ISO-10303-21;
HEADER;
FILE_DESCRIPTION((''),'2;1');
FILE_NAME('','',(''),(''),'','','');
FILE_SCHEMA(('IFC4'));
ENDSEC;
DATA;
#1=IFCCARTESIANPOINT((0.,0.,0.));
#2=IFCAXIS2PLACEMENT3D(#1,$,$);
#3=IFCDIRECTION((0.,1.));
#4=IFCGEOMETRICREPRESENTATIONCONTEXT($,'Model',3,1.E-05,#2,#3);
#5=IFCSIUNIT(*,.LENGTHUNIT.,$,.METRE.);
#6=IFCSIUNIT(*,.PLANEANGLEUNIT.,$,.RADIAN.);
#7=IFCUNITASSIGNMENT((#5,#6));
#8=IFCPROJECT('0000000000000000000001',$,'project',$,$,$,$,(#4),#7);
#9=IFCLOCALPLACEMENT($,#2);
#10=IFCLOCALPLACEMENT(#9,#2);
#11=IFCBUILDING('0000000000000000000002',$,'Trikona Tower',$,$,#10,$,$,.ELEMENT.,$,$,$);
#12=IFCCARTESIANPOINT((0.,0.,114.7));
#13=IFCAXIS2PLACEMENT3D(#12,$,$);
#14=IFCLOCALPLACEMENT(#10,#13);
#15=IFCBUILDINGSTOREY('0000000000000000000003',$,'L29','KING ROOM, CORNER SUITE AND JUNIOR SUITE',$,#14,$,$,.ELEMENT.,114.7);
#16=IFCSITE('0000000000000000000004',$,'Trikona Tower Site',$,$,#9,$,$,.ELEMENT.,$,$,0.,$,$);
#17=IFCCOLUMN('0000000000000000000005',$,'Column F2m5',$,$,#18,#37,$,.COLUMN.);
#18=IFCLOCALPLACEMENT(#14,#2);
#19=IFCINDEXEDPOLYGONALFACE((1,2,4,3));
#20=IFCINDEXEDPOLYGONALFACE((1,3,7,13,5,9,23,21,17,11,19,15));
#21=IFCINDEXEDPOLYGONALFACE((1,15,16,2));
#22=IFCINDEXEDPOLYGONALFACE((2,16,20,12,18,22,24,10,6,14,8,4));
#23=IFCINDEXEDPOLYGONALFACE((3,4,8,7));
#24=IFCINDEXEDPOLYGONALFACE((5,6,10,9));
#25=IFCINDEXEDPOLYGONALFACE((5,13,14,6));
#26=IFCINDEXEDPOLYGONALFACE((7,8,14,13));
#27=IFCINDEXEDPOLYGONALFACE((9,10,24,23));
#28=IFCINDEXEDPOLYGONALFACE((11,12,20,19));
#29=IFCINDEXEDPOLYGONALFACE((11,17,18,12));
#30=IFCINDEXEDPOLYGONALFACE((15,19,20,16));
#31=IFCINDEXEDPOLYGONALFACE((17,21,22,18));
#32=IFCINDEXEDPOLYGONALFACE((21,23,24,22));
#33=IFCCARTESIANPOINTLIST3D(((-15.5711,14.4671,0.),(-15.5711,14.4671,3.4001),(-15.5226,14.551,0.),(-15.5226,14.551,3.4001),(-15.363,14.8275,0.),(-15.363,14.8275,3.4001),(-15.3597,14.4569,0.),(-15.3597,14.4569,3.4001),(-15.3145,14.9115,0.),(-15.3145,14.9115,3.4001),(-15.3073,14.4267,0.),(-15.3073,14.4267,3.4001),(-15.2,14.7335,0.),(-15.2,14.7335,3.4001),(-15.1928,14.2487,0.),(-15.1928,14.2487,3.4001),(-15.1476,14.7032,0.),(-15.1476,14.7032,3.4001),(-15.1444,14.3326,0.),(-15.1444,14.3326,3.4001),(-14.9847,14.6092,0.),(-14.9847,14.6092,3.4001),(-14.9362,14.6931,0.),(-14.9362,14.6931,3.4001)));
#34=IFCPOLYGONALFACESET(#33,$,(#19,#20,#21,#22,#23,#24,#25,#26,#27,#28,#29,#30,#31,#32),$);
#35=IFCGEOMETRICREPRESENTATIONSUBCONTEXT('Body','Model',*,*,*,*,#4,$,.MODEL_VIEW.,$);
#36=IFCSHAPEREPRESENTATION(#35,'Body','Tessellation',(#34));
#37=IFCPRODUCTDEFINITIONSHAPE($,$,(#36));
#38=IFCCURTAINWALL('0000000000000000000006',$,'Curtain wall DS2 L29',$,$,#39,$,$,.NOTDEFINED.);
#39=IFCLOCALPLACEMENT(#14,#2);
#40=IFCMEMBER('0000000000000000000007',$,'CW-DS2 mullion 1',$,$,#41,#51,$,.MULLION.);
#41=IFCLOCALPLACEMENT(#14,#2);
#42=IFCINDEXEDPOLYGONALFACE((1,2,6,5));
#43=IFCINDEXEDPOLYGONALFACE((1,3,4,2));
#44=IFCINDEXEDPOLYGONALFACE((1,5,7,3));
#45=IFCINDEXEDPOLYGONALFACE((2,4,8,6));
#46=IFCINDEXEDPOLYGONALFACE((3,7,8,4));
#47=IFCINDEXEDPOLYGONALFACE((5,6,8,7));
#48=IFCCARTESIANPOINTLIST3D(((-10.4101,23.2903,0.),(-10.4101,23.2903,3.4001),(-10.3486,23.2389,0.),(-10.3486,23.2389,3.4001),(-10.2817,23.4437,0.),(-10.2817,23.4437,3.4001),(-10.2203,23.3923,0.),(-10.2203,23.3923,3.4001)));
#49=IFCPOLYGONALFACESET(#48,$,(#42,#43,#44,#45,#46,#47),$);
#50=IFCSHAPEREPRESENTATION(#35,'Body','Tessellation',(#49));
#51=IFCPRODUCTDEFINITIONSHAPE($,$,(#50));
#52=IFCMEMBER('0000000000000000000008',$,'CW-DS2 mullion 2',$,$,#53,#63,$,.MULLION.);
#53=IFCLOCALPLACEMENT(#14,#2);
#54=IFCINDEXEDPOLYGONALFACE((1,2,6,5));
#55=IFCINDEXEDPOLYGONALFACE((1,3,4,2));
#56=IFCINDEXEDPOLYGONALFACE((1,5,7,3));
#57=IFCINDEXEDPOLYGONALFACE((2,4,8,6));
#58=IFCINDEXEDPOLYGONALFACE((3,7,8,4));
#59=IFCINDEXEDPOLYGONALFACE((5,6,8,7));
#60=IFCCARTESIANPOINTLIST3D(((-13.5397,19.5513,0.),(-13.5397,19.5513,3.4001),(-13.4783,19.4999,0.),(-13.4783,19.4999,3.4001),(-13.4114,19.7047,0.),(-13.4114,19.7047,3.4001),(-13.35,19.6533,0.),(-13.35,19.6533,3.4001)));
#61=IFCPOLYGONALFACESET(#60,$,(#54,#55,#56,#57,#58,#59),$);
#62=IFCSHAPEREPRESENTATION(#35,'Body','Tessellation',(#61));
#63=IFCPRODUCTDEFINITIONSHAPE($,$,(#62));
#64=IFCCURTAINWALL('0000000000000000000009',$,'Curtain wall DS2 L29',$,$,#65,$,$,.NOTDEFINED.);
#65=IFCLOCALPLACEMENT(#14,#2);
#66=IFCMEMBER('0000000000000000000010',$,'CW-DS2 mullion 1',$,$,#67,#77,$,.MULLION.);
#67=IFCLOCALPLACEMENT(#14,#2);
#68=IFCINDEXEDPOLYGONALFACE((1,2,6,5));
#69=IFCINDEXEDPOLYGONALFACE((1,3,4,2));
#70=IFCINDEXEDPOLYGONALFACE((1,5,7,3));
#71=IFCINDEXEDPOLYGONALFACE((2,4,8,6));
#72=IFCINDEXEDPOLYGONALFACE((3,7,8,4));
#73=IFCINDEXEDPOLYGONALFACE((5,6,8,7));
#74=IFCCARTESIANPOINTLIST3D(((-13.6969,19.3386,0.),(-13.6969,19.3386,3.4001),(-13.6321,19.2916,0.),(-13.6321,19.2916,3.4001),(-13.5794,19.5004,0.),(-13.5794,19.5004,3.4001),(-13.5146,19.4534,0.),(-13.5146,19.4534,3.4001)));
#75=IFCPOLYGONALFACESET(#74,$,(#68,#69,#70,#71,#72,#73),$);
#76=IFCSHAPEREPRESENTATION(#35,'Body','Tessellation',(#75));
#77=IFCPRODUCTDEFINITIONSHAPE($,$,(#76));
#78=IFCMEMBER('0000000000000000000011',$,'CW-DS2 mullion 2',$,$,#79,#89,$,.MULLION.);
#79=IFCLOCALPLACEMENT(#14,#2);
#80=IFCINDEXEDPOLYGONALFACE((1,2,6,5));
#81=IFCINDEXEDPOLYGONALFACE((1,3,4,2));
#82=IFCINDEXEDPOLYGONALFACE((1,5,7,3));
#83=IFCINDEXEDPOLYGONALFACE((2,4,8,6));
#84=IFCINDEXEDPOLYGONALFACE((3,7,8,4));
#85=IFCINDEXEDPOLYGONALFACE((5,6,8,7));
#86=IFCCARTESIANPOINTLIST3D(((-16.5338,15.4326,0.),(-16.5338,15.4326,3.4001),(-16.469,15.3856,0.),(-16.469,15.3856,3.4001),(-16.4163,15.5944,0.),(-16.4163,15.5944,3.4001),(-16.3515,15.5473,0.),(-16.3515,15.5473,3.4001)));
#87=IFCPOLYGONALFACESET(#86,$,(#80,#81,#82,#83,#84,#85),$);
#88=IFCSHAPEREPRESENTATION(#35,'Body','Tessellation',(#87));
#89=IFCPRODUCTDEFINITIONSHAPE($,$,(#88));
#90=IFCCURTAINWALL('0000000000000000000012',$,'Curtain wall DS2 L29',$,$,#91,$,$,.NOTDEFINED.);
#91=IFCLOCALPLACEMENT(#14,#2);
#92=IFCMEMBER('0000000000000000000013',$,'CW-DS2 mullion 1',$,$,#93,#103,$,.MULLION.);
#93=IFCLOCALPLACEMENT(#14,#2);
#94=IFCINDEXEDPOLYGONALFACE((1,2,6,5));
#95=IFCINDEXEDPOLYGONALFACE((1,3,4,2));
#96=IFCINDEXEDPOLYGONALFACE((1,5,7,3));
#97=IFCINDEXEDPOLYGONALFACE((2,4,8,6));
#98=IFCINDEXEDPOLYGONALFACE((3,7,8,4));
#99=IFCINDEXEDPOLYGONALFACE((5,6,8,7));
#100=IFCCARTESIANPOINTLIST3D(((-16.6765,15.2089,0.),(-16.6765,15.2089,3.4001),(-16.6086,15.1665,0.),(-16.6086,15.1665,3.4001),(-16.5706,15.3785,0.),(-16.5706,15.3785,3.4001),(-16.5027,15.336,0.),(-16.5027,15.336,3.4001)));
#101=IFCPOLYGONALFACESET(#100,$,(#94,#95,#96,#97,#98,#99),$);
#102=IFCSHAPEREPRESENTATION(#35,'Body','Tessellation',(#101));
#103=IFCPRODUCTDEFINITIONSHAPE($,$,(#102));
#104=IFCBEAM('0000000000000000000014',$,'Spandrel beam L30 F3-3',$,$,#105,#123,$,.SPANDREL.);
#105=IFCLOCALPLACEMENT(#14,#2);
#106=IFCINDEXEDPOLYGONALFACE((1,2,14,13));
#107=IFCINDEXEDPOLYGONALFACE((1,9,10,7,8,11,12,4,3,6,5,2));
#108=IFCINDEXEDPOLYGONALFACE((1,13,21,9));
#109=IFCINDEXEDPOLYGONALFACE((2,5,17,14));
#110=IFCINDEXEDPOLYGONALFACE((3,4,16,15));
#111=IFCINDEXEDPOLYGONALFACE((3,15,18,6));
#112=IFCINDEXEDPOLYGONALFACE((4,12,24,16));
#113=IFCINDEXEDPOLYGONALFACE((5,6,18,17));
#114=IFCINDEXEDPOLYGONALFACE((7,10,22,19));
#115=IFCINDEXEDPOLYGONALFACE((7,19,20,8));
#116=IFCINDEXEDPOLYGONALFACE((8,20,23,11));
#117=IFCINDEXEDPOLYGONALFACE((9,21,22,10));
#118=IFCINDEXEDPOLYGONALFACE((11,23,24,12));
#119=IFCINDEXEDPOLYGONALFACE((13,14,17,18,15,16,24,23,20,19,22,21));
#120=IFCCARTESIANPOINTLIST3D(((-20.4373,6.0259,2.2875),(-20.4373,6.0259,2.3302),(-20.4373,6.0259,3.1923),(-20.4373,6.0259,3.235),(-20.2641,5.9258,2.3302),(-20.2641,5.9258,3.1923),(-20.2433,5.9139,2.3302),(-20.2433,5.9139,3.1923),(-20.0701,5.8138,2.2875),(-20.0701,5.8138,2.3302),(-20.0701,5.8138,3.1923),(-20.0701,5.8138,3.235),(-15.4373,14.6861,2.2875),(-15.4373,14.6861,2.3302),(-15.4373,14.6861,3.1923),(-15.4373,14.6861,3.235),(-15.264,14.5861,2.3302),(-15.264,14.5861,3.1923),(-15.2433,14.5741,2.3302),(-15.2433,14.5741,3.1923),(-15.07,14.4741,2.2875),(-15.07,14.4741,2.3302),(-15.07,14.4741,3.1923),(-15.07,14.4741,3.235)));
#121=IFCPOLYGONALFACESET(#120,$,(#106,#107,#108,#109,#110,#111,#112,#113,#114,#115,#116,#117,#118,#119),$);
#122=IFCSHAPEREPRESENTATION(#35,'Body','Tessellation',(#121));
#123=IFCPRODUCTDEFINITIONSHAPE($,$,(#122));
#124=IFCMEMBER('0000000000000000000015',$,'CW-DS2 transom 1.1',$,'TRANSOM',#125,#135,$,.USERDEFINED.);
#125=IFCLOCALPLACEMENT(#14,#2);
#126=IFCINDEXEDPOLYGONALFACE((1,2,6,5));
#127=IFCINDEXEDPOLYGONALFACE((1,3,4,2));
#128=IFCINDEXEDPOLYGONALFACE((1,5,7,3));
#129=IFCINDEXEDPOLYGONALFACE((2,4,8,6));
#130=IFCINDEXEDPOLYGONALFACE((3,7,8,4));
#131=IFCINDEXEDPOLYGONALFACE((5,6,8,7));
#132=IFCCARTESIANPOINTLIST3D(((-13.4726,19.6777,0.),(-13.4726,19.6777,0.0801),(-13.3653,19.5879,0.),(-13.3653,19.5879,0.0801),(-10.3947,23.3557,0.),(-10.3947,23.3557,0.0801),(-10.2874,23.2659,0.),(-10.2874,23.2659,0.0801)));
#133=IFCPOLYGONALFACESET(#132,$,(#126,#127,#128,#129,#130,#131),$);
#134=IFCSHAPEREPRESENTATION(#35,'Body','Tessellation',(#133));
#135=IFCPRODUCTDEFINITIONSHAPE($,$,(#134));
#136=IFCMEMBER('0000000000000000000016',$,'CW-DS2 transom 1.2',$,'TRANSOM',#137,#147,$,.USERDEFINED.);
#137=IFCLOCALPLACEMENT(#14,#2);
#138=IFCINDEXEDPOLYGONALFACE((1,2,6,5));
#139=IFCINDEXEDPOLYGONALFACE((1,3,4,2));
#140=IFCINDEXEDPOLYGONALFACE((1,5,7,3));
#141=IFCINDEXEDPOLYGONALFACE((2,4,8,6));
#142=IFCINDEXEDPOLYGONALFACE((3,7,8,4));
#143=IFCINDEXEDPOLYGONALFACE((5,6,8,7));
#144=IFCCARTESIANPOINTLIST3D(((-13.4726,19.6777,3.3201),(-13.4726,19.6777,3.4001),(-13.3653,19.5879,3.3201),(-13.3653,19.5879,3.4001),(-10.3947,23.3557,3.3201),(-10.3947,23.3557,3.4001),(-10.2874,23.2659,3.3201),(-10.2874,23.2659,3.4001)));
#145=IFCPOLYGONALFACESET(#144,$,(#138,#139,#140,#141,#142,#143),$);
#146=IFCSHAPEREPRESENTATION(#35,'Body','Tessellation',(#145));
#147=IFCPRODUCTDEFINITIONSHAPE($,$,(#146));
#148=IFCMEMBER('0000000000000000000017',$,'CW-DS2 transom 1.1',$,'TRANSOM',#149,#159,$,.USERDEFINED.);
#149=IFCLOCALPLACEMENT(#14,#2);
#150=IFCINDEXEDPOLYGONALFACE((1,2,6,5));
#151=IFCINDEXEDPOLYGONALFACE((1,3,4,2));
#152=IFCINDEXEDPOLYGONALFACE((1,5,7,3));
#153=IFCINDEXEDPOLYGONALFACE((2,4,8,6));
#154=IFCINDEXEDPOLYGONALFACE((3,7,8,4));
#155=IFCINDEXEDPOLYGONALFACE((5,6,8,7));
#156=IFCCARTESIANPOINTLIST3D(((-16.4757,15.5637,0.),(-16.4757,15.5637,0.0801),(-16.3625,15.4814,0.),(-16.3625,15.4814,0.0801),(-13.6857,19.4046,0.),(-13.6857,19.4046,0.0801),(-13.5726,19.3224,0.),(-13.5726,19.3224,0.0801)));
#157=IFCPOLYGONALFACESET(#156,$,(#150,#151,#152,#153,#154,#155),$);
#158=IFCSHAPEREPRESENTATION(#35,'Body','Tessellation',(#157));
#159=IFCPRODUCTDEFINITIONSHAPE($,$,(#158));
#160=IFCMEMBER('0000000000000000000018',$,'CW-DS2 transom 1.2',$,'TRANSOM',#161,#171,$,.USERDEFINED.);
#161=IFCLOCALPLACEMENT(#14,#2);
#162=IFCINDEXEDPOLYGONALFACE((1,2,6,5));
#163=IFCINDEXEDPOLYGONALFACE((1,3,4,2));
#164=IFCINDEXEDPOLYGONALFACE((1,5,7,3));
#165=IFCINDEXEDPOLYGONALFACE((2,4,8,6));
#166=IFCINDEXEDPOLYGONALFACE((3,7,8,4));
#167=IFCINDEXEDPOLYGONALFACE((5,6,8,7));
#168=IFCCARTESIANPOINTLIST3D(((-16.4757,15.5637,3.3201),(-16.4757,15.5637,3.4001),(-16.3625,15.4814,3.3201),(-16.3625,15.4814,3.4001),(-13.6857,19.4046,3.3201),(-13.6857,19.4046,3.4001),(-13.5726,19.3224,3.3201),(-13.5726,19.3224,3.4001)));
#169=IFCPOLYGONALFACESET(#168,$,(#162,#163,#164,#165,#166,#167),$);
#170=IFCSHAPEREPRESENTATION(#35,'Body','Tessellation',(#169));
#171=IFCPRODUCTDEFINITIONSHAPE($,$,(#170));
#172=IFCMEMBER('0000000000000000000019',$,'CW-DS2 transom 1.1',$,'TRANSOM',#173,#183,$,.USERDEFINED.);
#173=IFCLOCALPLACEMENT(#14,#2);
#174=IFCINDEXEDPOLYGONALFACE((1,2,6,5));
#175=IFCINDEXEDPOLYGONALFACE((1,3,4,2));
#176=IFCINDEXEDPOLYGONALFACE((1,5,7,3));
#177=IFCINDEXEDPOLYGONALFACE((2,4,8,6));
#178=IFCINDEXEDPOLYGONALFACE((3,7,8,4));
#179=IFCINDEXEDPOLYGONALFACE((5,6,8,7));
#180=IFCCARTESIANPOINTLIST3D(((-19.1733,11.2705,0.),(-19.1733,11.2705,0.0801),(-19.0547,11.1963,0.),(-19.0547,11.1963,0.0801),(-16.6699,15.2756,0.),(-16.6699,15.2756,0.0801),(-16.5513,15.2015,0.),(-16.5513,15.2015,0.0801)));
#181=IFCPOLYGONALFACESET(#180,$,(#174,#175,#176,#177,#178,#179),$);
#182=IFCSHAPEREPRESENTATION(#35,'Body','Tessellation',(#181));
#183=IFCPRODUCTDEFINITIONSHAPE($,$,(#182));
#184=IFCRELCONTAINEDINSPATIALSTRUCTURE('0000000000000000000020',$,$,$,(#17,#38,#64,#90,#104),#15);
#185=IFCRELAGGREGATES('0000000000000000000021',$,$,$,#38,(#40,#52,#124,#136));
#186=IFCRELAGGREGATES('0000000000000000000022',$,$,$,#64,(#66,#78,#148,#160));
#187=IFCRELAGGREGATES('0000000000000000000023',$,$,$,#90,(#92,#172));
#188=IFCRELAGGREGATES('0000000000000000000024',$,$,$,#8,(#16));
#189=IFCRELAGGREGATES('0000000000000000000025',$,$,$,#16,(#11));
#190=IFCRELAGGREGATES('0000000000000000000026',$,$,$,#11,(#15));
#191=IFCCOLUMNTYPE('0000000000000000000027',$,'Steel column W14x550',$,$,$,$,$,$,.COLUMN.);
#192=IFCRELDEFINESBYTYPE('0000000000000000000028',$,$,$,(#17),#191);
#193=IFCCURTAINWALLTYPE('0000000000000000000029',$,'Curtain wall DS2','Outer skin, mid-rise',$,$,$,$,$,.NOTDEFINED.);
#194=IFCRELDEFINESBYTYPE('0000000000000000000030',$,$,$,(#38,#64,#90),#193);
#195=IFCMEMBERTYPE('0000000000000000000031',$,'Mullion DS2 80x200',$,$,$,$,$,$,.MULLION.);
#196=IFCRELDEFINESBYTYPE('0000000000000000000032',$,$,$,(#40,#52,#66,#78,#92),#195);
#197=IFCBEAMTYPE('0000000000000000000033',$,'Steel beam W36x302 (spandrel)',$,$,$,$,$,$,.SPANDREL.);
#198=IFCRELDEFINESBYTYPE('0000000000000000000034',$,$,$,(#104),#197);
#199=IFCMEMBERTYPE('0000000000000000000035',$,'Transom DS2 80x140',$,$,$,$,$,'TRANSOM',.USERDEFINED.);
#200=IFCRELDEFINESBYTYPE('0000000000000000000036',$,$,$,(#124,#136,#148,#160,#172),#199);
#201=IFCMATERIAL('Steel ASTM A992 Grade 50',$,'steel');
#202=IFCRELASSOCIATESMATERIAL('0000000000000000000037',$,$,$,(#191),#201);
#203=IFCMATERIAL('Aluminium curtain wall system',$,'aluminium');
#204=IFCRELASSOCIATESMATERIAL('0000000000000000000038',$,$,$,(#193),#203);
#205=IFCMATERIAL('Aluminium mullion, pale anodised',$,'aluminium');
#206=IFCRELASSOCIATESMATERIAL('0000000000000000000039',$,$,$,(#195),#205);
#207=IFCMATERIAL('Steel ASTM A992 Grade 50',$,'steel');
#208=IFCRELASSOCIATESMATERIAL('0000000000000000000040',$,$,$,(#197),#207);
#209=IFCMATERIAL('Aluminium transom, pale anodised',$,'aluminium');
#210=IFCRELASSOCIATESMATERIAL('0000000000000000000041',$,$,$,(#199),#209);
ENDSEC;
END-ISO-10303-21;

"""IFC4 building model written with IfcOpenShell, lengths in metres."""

from ifc_helpers import new_model, si_unit, direction, frame, origin, origin_2d, place, context, subcontext, project, spatial, rectangle, i_section, extrude, material, material_profile, profile_set, type_object, element, aggregate, save


model = new_model("IFC4")

# Units and contexts
model_context = context("Model", 3, precision=1e-05, world=origin(), true_north=direction((0.0, 1.0)))
body_context = subcontext(model_context, "Body", "Model", "MODEL_VIEW")
ifc_project = project(units=[si_unit("LENGTHUNIT", "METRE"), si_unit("PLANEANGLEUNIT", "RADIAN")], contexts=[model_context])

# Site, building, storey
site_placement = place(None, origin())
site = spatial("IfcSite", under=ifc_project, at=site_placement, Name="Trikona Tower Site", CompositionType="ELEMENT", RefElevation=0.0)
building_placement = place(site_placement, origin())
building = spatial("IfcBuilding", under=site, at=building_placement, Name="Trikona Tower", CompositionType="ELEMENT")
storey_placement = place(building_placement, frame((0.0, 0.0, 114.7)))
storey = spatial("IfcBuildingStorey", under=building, at=storey_placement, Name="L29", Description="KING ROOM, CORNER SUITE AND JUNIOR SUITE", CompositionType="ELEMENT", Elevation=114.7)

# Column
ifc_material_1 = material(Name="Steel ASTM A992 Grade 50", Category="steel")
ifc_material_profile_1 = material_profile(ifc_material_1, i_section(OverallWidth=0.4368, OverallDepth=0.5132, WebThickness=0.0605, FlangeThickness=0.0969, at=origin_2d()), Name="W14X550")
ifc_profile_set_1 = profile_set([ifc_material_profile_1], Name="Steel ASTM A992 Grade 50")
column_type = type_object("IfcColumnType", Name="Steel column W14x550", PredefinedType="COLUMN", material=ifc_profile_set_1)
column_placement = place(storey_placement, frame((-15.2537, 14.5801, 0.0), z_axis=(0.0, 0.0, 1.0), x_axis=(-0.866025, 0.5, 0.0)))
element("IfcColumn", 1, at=column_placement, inside=storey, type_object=column_type, Name="Column F2m5", PredefinedType="COLUMN", context=body_context, shape_type="SweptSolid", body=[
    extrude(i_section(OverallWidth=0.4368, OverallDepth=0.5132, WebThickness=0.0605, FlangeThickness=0.0969, at=origin_2d()), origin(), (0.0, 0.0, 1.0), 3.4001),
])

# Curtain walls, members
ifc_material_2 = material(Name="Aluminium curtain wall system", Category="aluminium")
curtain_wall_type = type_object("IfcCurtainWallType", Name="Curtain wall DS2", Description="Outer skin, mid-rise", PredefinedType="NOTDEFINED", material=ifc_material_2)
curtain_wall_1_placement = place(storey_placement, origin())
curtain_wall_1 = element("IfcCurtainWall", 2, at=curtain_wall_1_placement, inside=storey, type_object=curtain_wall_type, Name="Curtain wall DS2 L29", PredefinedType="NOTDEFINED")
ifc_material_3 = material(Name="Aluminium mullion, pale anodised", Category="aluminium")
ifc_material_profile_2 = material_profile(ifc_material_3, rectangle(XDim=0.0801, YDim=0.2, at=origin_2d()), Name="MUL-DS2")
ifc_profile_set_2 = profile_set([ifc_material_profile_2], Name="Aluminium mullion, pale anodised")
member_type_1 = type_object("IfcMemberType", Name="Mullion DS2 80x200", PredefinedType="MULLION", material=ifc_profile_set_2)
member_1_placement = place(storey_placement, frame((-10.3152, 23.3413, 0.0), z_axis=(0.0, 0.0, 1.0), x_axis=(0.766867, -0.641806, 0.0)))
member_1 = element("IfcMember", 3, at=member_1_placement, type_object=member_type_1, Name="CW-DS2 mullion 1", PredefinedType="MULLION", context=body_context, shape_type="SweptSolid", body=[
    extrude(rectangle(XDim=0.0801, YDim=0.2, at=origin_2d()), origin(), (0.0, 0.0, 1.0), 3.4001),
])
member_2_placement = place(storey_placement, frame((-13.4448, 19.6023, 0.0), z_axis=(0.0, 0.0, 1.0), x_axis=(0.766867, -0.641806, 0.0)))
member_2 = element("IfcMember", 4, at=member_2_placement, type_object=member_type_1, Name="CW-DS2 mullion 2", PredefinedType="MULLION", context=body_context, shape_type="SweptSolid", body=[
    extrude(rectangle(XDim=0.0801, YDim=0.2, at=origin_2d()), origin(), (0.0, 0.0, 1.0), 3.4001),
])
curtain_wall_2_placement = place(storey_placement, origin())
curtain_wall_2 = element("IfcCurtainWall", 5, at=curtain_wall_2_placement, inside=storey, type_object=curtain_wall_type, Name="Curtain wall DS2 L29", PredefinedType="NOTDEFINED")
member_3_placement = place(storey_placement, frame((-13.6057, 19.396, 0.0), z_axis=(0.0, 0.0, 1.0), x_axis=(0.809086, -0.587691, 0.0)))
member_3 = element("IfcMember", 6, at=member_3_placement, type_object=member_type_1, Name="CW-DS2 mullion 1", PredefinedType="MULLION", context=body_context, shape_type="SweptSolid", body=[
    extrude(rectangle(XDim=0.0801, YDim=0.2, at=origin_2d()), origin(), (0.0, 0.0, 1.0), 3.4001),
])
member_4_placement = place(storey_placement, frame((-16.4426, 15.49, 0.0), z_axis=(0.0, 0.0, 1.0), x_axis=(0.809086, -0.587691, 0.0)))
member_4 = element("IfcMember", 7, at=member_4_placement, type_object=member_type_1, Name="CW-DS2 mullion 2", PredefinedType="MULLION", context=body_context, shape_type="SweptSolid", body=[
    extrude(rectangle(XDim=0.0801, YDim=0.2, at=origin_2d()), origin(), (0.0, 0.0, 1.0), 3.4001),
])

# Curtain wall, member
curtain_wall_3_placement = place(storey_placement, origin())
curtain_wall_3 = element("IfcCurtainWall", 8, at=curtain_wall_3_placement, inside=storey, type_object=curtain_wall_type, Name="Curtain wall DS2 L29", PredefinedType="NOTDEFINED")
member_5_placement = place(storey_placement, frame((-16.5896, 15.2725, 0.0), z_axis=(0.0, 0.0, 1.0), x_axis=(0.847998, -0.529999, 0.0)))
member_5 = element("IfcMember", 9, at=member_5_placement, type_object=member_type_1, Name="CW-DS2 mullion 1", PredefinedType="MULLION", context=body_context, shape_type="SweptSolid", body=[
    extrude(rectangle(XDim=0.0801, YDim=0.2, at=origin_2d()), origin(), (0.0, 0.0, 1.0), 3.4001),
])

# Beam
ifc_material_4 = material(Name="Steel ASTM A992 Grade 50", Category="steel")
ifc_material_profile_3 = material_profile(ifc_material_4, i_section(OverallWidth=0.4241, OverallDepth=0.9475, WebThickness=0.0239, FlangeThickness=0.0427, at=origin_2d()), Name="W36X302")
ifc_profile_set_3 = profile_set([ifc_material_profile_3], Name="Steel ASTM A992 Grade 50")
beam_type = type_object("IfcBeamType", Name="Steel beam W36x302 (spandrel)", PredefinedType="SPANDREL", material=ifc_profile_set_3)
beam_placement = place(storey_placement, frame((-15.2537, 14.5801, 2.7612), z_axis=(-0.500004, -0.866023, 0.0), x_axis=(0.866023, -0.500004, 0.0)))
element("IfcBeam", 10, at=beam_placement, inside=storey, type_object=beam_type, Name="Spandrel beam L30 F3-3", PredefinedType="SPANDREL", context=body_context, shape_type="SweptSolid", body=[
    extrude(i_section(OverallWidth=0.4241, OverallDepth=0.9475, WebThickness=0.0239, FlangeThickness=0.0427, at=origin_2d()), origin(), (0.0, 0.0, 1.0), 10.0),
])

# Members
ifc_material_5 = material(Name="Aluminium transom, pale anodised", Category="aluminium")
ifc_material_profile_4 = material_profile(ifc_material_5, rectangle(XDim=0.1399, YDim=0.0801, at=origin_2d()), Name="TRN-DS2")
ifc_profile_set_4 = profile_set([ifc_material_profile_4], Name="Aluminium transom, pale anodised")
member_type_2 = type_object("IfcMemberType", Name="Transom DS2 80x140", ElementType="TRANSOM", PredefinedType="USERDEFINED", material=ifc_profile_set_4)
member_6_placement = place(storey_placement, frame((-10.3411, 23.3108, 0.04), z_axis=(-0.64177, -0.766897, 0.0), x_axis=(0.766897, -0.64177, 0.0)))
member_6 = element("IfcMember", 11, at=member_6_placement, type_object=member_type_2, Name="CW-DS2 transom 1.1", ObjectType="TRANSOM", PredefinedType="USERDEFINED", context=body_context, shape_type="SweptSolid", body=[
    extrude(rectangle(XDim=0.1399, YDim=0.0801, at=origin_2d()), origin(), (0.0, 0.0, 1.0), 4.7959),
])
member_7_placement = place(storey_placement, frame((-10.3411, 23.3108, 3.3601), z_axis=(-0.64177, -0.766897, 0.0), x_axis=(0.766897, -0.64177, 0.0)))
member_7 = element("IfcMember", 12, at=member_7_placement, type_object=member_type_2, Name="CW-DS2 transom 1.2", ObjectType="TRANSOM", PredefinedType="USERDEFINED", context=body_context, shape_type="SweptSolid", body=[
    extrude(rectangle(XDim=0.1399, YDim=0.0801, at=origin_2d()), origin(), (0.0, 0.0, 1.0), 4.7959),
])
member_8_placement = place(storey_placement, frame((-13.6292, 19.3635, 0.04), z_axis=(-0.587695, -0.809083, 0.0), x_axis=(0.809083, -0.587695, 0.0)))
member_8 = element("IfcMember", 13, at=member_8_placement, type_object=member_type_2, Name="CW-DS2 transom 1.1", ObjectType="TRANSOM", PredefinedType="USERDEFINED", context=body_context, shape_type="SweptSolid", body=[
    extrude(rectangle(XDim=0.1399, YDim=0.0801, at=origin_2d()), origin(), (0.0, 0.0, 1.0), 4.7473),
])
member_9_placement = place(storey_placement, frame((-13.6292, 19.3635, 3.3601), z_axis=(-0.587695, -0.809083, 0.0), x_axis=(0.809083, -0.587695, 0.0)))
member_9 = element("IfcMember", 14, at=member_9_placement, type_object=member_type_2, Name="CW-DS2 transom 1.2", ObjectType="TRANSOM", PredefinedType="USERDEFINED", context=body_context, shape_type="SweptSolid", body=[
    extrude(rectangle(XDim=0.1399, YDim=0.0801, at=origin_2d()), origin(), (0.0, 0.0, 1.0), 4.7473),
])
member_10_placement = place(storey_placement, frame((-16.6106, 15.2385, 0.04), z_axis=(-0.530031, -0.847978, 0.0), x_axis=(0.847978, -0.530031, 0.0)))
member_10 = element("IfcMember", 15, at=member_10_placement, type_object=member_type_2, Name="CW-DS2 transom 1.1", ObjectType="TRANSOM", PredefinedType="USERDEFINED", context=body_context, shape_type="SweptSolid", body=[
    extrude(rectangle(XDim=0.1399, YDim=0.0801, at=origin_2d()), origin(), (0.0, 0.0, 1.0), 4.7231),
])

aggregate(curtain_wall_1, [member_1, member_2, member_6, member_7])
aggregate(curtain_wall_2, [member_3, member_4, member_8, member_9])
aggregate(curtain_wall_3, [member_5, member_10])

save(model, "model.ifc")
